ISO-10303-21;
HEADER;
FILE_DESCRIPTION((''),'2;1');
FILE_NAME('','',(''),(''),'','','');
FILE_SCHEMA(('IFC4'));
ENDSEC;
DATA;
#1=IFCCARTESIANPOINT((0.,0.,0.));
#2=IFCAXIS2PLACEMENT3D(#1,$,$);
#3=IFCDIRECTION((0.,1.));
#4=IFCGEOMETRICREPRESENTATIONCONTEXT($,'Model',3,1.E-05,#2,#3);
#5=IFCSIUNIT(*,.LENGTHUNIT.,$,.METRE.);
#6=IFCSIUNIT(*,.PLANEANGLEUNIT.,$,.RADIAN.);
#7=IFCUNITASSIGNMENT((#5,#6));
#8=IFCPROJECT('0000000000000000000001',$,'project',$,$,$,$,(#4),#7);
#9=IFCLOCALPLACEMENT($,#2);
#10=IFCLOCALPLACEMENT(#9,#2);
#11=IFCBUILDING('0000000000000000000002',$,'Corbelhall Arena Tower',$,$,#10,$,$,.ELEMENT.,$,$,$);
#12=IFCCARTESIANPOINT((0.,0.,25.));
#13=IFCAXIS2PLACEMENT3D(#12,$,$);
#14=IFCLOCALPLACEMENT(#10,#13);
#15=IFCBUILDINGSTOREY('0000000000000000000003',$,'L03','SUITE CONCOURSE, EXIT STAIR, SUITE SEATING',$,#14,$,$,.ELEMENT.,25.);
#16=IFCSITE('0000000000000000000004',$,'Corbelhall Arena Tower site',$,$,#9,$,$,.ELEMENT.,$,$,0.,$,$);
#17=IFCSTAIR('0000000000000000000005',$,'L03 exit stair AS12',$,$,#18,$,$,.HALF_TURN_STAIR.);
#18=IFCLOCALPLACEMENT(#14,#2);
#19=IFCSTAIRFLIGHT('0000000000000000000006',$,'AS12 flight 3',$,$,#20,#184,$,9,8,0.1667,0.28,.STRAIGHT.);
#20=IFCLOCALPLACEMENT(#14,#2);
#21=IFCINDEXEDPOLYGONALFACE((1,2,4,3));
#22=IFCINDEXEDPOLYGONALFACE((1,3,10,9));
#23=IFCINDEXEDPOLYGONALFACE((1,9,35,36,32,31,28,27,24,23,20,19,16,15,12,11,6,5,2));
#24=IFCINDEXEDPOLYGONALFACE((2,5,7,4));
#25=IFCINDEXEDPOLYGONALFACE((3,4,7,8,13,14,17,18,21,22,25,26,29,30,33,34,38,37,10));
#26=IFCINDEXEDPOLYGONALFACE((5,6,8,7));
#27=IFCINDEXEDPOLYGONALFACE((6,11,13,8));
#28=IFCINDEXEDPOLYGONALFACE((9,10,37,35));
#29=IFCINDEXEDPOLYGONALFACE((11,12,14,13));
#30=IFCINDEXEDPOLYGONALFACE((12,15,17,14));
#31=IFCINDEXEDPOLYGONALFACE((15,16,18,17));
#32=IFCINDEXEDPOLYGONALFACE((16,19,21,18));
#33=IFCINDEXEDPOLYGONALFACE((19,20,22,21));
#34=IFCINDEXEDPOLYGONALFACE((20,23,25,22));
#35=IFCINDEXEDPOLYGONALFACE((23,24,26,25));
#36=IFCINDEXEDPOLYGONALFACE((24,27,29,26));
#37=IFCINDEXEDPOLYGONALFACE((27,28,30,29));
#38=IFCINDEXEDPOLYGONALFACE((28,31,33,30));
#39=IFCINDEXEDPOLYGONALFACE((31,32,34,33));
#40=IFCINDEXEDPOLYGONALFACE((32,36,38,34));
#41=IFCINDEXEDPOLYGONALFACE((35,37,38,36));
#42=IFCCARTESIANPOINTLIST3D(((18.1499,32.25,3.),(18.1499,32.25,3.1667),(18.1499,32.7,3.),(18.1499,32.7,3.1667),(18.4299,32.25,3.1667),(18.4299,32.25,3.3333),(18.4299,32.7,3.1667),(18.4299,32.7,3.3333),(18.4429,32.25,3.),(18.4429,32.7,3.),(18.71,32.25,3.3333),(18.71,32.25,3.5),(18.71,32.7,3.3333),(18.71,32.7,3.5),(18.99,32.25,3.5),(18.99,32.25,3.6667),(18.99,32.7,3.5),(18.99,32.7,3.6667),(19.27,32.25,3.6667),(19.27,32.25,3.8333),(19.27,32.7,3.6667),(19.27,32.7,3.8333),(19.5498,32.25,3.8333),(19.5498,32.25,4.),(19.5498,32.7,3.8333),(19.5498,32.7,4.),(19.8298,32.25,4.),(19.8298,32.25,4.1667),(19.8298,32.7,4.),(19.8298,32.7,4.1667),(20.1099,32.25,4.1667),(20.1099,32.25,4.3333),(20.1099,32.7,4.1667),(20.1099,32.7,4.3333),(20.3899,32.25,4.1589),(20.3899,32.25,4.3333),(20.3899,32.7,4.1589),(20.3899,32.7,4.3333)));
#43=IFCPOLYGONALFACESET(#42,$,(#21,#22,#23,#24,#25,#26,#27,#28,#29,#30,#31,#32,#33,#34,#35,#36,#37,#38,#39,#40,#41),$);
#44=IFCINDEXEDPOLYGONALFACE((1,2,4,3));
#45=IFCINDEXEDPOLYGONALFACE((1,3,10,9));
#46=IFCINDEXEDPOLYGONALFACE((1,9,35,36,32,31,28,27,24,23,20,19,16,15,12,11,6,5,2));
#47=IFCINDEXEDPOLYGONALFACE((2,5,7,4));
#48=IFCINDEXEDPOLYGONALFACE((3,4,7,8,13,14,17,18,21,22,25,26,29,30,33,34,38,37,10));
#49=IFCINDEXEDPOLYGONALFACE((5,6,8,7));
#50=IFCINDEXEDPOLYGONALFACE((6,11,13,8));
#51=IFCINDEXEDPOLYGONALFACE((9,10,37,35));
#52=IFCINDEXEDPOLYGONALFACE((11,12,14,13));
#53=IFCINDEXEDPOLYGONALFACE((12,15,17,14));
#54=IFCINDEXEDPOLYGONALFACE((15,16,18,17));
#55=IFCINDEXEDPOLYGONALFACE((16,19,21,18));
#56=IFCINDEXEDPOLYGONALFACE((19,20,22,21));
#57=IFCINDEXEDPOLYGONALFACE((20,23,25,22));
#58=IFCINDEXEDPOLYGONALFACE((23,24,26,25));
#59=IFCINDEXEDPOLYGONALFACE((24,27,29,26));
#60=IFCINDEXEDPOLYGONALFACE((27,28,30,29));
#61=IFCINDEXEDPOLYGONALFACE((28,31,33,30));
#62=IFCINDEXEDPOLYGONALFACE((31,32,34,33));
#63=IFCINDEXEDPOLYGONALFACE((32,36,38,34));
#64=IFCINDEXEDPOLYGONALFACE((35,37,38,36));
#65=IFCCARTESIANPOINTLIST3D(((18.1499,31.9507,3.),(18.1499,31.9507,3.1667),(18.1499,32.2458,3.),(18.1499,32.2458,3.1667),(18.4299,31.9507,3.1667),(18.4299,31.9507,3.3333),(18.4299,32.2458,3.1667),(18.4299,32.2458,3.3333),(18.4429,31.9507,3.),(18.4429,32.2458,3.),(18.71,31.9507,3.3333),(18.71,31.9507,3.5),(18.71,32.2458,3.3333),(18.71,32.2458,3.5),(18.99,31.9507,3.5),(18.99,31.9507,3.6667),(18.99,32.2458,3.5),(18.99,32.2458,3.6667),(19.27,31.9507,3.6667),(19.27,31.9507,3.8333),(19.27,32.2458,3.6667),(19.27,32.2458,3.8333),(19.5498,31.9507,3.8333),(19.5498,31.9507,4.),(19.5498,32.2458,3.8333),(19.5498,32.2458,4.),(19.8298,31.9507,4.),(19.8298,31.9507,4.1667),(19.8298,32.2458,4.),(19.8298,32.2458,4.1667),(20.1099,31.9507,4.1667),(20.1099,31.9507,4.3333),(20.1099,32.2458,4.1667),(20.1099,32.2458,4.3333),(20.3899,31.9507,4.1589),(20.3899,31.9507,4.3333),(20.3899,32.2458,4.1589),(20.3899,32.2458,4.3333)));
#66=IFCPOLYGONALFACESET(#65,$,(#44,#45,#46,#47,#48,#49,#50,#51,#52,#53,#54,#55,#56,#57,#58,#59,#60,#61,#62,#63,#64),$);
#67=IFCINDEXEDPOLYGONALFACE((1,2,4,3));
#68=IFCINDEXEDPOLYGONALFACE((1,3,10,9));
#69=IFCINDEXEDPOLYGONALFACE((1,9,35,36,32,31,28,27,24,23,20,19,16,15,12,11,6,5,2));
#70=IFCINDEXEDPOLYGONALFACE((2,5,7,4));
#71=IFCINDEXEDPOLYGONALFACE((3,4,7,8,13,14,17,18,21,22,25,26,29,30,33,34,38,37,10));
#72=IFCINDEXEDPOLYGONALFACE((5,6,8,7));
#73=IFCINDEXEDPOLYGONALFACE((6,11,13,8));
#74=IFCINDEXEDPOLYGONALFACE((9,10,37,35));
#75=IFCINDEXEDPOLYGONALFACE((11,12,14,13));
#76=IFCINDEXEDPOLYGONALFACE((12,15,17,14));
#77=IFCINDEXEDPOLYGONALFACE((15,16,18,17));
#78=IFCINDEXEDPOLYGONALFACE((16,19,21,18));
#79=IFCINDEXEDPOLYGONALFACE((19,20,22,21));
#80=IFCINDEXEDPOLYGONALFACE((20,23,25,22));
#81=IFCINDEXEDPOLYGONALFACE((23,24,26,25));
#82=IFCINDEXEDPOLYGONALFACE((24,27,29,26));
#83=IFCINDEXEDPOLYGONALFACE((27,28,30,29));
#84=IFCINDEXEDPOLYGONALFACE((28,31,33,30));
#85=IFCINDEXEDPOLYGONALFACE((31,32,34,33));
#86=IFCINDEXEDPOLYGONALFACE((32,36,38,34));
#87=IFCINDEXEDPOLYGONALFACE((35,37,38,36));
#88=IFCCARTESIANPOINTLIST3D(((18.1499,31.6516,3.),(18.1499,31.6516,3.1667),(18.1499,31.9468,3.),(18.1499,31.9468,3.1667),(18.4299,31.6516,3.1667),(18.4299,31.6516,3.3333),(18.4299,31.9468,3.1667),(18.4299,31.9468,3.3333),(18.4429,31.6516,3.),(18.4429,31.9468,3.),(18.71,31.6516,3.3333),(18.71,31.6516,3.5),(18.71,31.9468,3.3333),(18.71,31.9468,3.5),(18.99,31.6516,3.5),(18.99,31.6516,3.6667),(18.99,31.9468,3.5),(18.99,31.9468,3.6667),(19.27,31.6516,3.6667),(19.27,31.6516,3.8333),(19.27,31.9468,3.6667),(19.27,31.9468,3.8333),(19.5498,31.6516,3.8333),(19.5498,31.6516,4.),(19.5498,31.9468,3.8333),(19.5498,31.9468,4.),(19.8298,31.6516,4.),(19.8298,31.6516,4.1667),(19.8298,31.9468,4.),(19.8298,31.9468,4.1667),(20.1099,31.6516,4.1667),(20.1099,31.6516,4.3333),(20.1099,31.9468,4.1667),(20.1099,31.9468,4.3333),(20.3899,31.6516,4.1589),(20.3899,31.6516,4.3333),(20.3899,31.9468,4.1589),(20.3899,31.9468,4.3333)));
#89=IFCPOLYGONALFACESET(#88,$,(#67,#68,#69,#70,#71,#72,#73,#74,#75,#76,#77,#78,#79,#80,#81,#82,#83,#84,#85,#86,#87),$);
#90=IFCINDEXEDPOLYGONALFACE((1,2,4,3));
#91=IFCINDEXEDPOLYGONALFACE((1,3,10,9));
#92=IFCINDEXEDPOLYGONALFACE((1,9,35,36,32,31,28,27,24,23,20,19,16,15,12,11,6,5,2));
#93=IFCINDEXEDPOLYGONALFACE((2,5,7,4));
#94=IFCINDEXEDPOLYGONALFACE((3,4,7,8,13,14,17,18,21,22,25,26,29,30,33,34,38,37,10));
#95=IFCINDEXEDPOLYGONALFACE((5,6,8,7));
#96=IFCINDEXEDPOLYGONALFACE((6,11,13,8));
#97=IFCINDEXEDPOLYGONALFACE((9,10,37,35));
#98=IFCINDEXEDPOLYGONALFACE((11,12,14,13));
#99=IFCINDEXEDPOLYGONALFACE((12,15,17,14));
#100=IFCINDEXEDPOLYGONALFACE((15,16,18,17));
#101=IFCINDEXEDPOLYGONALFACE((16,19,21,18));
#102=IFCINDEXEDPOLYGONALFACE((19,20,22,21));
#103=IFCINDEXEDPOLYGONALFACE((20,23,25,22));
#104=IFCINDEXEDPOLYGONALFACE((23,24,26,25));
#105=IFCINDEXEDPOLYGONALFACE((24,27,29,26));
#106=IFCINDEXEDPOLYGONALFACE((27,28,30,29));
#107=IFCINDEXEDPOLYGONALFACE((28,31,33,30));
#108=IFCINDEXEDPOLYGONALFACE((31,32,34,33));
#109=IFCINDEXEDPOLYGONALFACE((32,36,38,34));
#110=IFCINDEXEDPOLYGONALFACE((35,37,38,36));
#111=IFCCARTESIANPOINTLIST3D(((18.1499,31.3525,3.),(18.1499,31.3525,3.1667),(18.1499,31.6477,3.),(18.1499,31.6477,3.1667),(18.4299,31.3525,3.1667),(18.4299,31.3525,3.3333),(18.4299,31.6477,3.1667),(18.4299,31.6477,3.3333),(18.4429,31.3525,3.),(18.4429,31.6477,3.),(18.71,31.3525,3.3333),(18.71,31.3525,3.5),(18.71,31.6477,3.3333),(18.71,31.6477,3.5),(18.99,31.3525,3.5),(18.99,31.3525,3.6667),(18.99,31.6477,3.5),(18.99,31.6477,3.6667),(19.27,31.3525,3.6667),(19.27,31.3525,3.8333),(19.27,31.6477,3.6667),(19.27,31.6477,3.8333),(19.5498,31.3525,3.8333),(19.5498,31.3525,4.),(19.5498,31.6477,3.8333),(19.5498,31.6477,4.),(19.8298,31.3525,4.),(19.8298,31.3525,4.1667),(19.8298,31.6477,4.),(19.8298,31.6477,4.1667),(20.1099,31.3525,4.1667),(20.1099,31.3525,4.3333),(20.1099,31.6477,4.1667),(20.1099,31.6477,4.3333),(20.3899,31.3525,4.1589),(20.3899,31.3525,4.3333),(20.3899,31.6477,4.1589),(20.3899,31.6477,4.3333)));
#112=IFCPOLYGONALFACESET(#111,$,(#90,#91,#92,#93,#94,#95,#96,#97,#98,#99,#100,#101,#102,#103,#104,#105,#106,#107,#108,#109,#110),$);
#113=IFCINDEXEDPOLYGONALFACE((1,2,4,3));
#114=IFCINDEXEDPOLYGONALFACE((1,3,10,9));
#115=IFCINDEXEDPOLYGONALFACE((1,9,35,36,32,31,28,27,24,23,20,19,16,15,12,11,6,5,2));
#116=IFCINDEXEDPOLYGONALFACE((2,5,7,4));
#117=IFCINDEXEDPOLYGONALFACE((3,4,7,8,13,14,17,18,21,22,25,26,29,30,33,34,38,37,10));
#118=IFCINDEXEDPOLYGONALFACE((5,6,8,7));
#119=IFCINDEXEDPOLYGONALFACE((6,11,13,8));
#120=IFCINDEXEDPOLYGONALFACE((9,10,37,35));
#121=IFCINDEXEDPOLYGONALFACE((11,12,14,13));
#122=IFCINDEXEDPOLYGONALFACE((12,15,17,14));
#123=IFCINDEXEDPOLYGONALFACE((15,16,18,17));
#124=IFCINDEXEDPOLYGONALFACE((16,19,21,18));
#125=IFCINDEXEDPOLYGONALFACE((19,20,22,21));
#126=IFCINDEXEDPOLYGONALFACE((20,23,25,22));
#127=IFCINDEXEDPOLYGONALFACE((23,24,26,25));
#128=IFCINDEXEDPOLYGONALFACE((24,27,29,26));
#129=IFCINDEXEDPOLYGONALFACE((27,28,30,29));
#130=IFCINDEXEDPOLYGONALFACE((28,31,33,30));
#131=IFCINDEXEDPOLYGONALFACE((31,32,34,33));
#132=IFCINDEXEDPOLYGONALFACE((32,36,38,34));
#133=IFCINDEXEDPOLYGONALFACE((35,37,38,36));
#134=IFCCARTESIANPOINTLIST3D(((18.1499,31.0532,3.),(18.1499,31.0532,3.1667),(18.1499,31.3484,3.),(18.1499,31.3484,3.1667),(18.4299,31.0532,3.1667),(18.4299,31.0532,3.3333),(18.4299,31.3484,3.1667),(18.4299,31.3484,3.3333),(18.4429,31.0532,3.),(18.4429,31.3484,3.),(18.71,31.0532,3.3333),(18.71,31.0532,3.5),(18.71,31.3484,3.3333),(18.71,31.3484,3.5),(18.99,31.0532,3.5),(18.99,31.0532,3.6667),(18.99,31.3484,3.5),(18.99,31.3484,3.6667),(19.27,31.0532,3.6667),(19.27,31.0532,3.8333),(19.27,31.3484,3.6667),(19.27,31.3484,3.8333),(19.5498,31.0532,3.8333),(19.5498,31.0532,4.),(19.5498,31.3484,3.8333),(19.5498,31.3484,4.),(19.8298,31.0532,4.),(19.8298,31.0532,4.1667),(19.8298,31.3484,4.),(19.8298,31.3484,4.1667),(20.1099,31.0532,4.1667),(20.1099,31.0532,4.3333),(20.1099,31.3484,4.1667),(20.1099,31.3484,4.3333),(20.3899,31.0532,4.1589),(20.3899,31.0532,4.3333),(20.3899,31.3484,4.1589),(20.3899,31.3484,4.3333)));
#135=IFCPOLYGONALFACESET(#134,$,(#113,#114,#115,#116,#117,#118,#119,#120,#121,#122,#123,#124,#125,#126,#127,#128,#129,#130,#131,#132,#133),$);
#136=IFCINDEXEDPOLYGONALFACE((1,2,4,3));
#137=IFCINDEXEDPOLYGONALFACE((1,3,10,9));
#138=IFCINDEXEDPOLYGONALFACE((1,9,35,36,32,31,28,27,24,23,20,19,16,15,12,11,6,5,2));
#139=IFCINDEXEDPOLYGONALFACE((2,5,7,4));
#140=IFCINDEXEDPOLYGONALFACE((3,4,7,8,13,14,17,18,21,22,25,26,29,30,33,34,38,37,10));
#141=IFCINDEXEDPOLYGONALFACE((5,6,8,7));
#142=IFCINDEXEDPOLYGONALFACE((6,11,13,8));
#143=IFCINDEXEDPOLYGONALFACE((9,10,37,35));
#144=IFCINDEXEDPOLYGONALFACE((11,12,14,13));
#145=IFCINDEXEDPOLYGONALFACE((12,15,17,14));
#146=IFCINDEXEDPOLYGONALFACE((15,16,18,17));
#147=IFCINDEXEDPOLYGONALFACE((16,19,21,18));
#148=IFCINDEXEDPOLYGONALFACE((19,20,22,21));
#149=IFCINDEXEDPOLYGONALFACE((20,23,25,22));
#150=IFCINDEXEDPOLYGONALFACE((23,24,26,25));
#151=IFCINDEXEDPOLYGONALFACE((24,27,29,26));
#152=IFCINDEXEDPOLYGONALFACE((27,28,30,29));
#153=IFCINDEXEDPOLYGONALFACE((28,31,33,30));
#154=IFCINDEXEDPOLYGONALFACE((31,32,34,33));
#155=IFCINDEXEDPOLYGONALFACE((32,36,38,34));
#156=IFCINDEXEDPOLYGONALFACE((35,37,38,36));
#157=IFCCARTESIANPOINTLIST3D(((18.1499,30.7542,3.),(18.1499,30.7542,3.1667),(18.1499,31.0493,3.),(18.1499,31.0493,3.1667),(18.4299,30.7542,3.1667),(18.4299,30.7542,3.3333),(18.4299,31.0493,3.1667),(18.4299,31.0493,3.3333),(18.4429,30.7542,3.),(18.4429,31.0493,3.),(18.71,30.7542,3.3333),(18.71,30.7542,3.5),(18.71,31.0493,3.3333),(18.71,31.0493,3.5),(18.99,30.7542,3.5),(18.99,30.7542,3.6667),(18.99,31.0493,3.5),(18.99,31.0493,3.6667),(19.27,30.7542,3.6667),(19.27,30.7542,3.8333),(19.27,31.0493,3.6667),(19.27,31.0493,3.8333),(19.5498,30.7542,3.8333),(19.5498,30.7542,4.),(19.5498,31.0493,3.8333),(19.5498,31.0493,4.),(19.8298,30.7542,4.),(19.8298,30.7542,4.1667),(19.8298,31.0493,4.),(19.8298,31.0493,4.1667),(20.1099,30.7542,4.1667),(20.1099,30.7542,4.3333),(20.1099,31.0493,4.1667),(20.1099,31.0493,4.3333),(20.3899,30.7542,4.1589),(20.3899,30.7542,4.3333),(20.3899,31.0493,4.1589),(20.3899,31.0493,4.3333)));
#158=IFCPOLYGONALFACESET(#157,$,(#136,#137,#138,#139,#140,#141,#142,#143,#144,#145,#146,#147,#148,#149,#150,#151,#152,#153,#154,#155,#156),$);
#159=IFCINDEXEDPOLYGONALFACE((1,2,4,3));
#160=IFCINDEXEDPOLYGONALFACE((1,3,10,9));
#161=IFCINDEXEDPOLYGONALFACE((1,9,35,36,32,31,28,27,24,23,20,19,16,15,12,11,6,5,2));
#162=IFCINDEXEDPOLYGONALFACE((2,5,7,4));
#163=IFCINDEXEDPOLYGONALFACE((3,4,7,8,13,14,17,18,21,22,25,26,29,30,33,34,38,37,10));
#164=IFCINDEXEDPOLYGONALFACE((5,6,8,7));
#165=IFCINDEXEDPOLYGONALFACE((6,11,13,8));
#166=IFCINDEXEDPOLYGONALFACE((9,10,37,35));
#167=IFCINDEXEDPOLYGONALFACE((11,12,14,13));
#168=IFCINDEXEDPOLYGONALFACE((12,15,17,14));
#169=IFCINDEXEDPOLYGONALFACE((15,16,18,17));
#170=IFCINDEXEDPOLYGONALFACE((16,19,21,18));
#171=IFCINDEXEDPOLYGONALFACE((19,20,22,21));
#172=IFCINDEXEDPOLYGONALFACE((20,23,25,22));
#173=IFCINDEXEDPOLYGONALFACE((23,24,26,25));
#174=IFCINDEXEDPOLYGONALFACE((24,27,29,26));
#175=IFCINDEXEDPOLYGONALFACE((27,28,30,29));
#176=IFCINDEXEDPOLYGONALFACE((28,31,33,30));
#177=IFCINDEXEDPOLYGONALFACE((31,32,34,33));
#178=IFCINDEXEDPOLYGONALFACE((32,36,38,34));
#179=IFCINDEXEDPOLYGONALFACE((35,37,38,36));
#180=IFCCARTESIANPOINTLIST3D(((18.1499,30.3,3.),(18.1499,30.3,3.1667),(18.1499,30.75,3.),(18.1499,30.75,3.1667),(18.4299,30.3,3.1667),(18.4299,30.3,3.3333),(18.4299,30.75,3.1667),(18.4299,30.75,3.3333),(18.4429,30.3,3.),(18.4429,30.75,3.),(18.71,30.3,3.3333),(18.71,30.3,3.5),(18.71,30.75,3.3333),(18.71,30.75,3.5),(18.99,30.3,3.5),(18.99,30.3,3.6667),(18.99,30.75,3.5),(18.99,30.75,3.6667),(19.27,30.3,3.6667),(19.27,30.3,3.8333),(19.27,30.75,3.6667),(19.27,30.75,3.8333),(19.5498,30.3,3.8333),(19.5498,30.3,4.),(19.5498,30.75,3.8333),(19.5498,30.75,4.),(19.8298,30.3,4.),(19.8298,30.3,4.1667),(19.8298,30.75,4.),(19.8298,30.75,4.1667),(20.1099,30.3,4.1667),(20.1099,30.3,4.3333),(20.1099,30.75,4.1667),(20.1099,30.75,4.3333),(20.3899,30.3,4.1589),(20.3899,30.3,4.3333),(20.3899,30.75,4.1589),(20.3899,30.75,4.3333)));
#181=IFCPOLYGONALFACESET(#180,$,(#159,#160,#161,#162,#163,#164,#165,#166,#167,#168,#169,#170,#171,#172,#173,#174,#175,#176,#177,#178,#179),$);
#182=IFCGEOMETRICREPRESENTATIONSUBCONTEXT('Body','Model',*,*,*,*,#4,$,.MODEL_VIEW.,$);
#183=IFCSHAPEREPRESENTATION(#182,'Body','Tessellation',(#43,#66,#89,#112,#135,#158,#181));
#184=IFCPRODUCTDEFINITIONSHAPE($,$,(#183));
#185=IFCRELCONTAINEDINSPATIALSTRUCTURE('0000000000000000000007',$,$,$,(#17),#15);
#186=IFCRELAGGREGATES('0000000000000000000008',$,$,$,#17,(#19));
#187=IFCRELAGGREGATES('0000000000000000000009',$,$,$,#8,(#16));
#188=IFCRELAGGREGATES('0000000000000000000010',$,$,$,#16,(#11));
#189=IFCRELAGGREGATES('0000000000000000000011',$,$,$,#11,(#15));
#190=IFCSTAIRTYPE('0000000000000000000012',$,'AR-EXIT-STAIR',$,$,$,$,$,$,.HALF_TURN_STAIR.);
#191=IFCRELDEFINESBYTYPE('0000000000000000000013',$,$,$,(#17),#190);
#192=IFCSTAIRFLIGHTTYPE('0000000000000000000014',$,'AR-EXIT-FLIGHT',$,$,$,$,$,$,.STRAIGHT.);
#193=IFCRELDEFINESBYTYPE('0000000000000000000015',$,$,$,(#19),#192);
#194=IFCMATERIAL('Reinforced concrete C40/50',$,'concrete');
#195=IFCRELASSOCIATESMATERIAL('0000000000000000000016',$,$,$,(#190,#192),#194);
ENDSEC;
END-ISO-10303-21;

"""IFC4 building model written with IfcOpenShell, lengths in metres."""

from ifc_helpers import new_model, si_unit, direction, frame, origin, place, context, subcontext, project, spatial, polyline, outline, extrude, material, type_object, element, aggregate, save


model = new_model("IFC4")

# Units and contexts
model_context = context("Model", 3, precision=1e-05, world=origin(), true_north=direction((0.0, 1.0)))
body_context = subcontext(model_context, "Body", "Model", "MODEL_VIEW")
ifc_project = project(units=[si_unit("LENGTHUNIT", "METRE"), si_unit("PLANEANGLEUNIT", "RADIAN")], contexts=[model_context])

# Site, building, storey
site_placement = place(None, origin())
site = spatial("IfcSite", under=ifc_project, at=site_placement, Name="Corbelhall Arena Tower site", CompositionType="ELEMENT", RefElevation=0.0)
building_placement = place(site_placement, origin())
building = spatial("IfcBuilding", under=site, at=building_placement, Name="Corbelhall Arena Tower", CompositionType="ELEMENT")
storey_placement = place(building_placement, frame((0.0, 0.0, 25.0)))
storey = spatial("IfcBuildingStorey", under=building, at=storey_placement, Name="L03", Description="SUITE CONCOURSE, EXIT STAIR, SUITE SEATING", CompositionType="ELEMENT", Elevation=25.0)

# Stair, stair flight
ifc_material_1 = material(Name="Reinforced concrete C40/50", Category="concrete")
stair_type = type_object("IfcStairType", Name="AR-EXIT-STAIR", PredefinedType="HALF_TURN_STAIR", material=ifc_material_1)
stair_placement = place(storey_placement, origin())
stair = element("IfcStair", 1, at=stair_placement, inside=storey, type_object=stair_type, Name="L03 exit stair AS12", PredefinedType="HALF_TURN_STAIR")
stair_flight_type = type_object("IfcStairFlightType", Name="AR-EXIT-FLIGHT", PredefinedType="STRAIGHT", material=ifc_material_1)
stair_flight_1_placement = place(storey_placement, frame((18.1499, 31.5, 3.0), z_axis=(0.0, 0.0, 1.0), x_axis=(1.0, 0.0, 0.0)))
stair_flight_1 = element("IfcStairFlight", 2, at=stair_flight_1_placement, type_object=stair_flight_type, Name="AS12 flight 3", NumberOfRisers=9, NumberOfTreads=8, PredefinedType="STRAIGHT", RiserHeight=0.1667, TreadLength=0.28, context=body_context, shape_type="SweptSolid", body=[
    extrude(outline(polyline([(0.0, 0.0), (0.0, 0.1667), (0.28, 0.1667), (0.28, 0.3333), (0.5601, 0.3333), (0.5601, 0.5), (0.8401, 0.5), (0.8401, 0.6667), (1.1201, 0.6667), (1.1201, 0.8333), (1.3999, 0.8333), (1.3999, 1.0), (1.6799, 1.0), (1.6799, 1.1667), (1.96, 1.1667), (1.96, 1.3333), (2.24, 1.3333), (2.24, 1.5), (2.24, 1.1589), (0.293, 0.0), (0.0, 0.0)])), frame((0.0, 1.2, 0.0), z_axis=(0.0, -1.0, 0.0), x_axis=(1.0, 0.0, 0.0)), (0.0, 0.0, 1.0), 0.45),
    extrude(outline(polyline([(0.0, 0.0), (0.0, 0.1667), (0.28, 0.1667), (0.28, 0.3333), (0.5601, 0.3333), (0.5601, 0.5), (0.8401, 0.5), (0.8401, 0.6667), (1.1201, 0.6667), (1.1201, 0.8333), (1.3999, 0.8333), (1.3999, 1.0), (1.6799, 1.0), (1.6799, 1.1667), (1.96, 1.1667), (1.96, 1.3333), (2.24, 1.3333), (2.24, 1.5), (2.24, 1.1589), (0.293, 0.0), (0.0, 0.0)])), frame((0.0, 0.7458, 0.0), z_axis=(0.0, -1.0, 0.0), x_axis=(1.0, 0.0, 0.0)), (0.0, 0.0, 1.0), 0.2952),
    extrude(outline(polyline([(0.0, 0.0), (0.0, 0.1667), (0.28, 0.1667), (0.28, 0.3333), (0.5601, 0.3333), (0.5601, 0.5), (0.8401, 0.5), (0.8401, 0.6667), (1.1201, 0.6667), (1.1201, 0.8333), (1.3999, 0.8333), (1.3999, 1.0), (1.6799, 1.0), (1.6799, 1.1667), (1.96, 1.1667), (1.96, 1.3333), (2.24, 1.3333), (2.24, 1.5), (2.24, 1.1589), (0.293, 0.0), (0.0, 0.0)])), frame((0.0, 0.4468, 0.0), z_axis=(0.0, -1.0, 0.0), x_axis=(1.0, 0.0, 0.0)), (0.0, 0.0, 1.0), 0.2952),
    extrude(outline(polyline([(0.0, 0.0), (0.0, 0.1667), (0.28, 0.1667), (0.28, 0.3333), (0.5601, 0.3333), (0.5601, 0.5), (0.8401, 0.5), (0.8401, 0.6667), (1.1201, 0.6667), (1.1201, 0.8333), (1.3999, 0.8333), (1.3999, 1.0), (1.6799, 1.0), (1.6799, 1.1667), (1.96, 1.1667), (1.96, 1.3333), (2.24, 1.3333), (2.24, 1.5), (2.24, 1.1589), (0.293, 0.0), (0.0, 0.0)])), frame((0.0, 0.1477, 0.0), z_axis=(0.0, -1.0, 0.0), x_axis=(1.0, 0.0, 0.0)), (0.0, 0.0, 1.0), 0.2952),
    extrude(outline(polyline([(0.0, 0.0), (0.0, 0.1667), (0.28, 0.1667), (0.28, 0.3333), (0.5601, 0.3333), (0.5601, 0.5), (0.8401, 0.5), (0.8401, 0.6667), (1.1201, 0.6667), (1.1201, 0.8333), (1.3999, 0.8333), (1.3999, 1.0), (1.6799, 1.0), (1.6799, 1.1667), (1.96, 1.1667), (1.96, 1.3333), (2.24, 1.3333), (2.24, 1.5), (2.24, 1.1589), (0.293, 0.0), (0.0, 0.0)])), frame((0.0, -0.1516, 0.0), z_axis=(0.0, -1.0, 0.0), x_axis=(1.0, 0.0, 0.0)), (0.0, 0.0, 1.0), 0.2952),
    extrude(outline(polyline([(0.0, 0.0), (0.0, 0.1667), (0.28, 0.1667), (0.28, 0.3333), (0.5601, 0.3333), (0.5601, 0.5), (0.8401, 0.5), (0.8401, 0.6667), (1.1201, 0.6667), (1.1201, 0.8333), (1.3999, 0.8333), (1.3999, 1.0), (1.6799, 1.0), (1.6799, 1.1667), (1.96, 1.1667), (1.96, 1.3333), (2.24, 1.3333), (2.24, 1.5), (2.24, 1.1589), (0.293, 0.0), (0.0, 0.0)])), frame((0.0, -0.4507, 0.0), z_axis=(0.0, -1.0, 0.0), x_axis=(1.0, 0.0, 0.0)), (0.0, 0.0, 1.0), 0.2952),
    extrude(outline(polyline([(0.0, 0.0), (0.0, 0.1667), (0.28, 0.1667), (0.28, 0.3333), (0.5601, 0.3333), (0.5601, 0.5), (0.8401, 0.5), (0.8401, 0.6667), (1.1201, 0.6667), (1.1201, 0.8333), (1.3999, 0.8333), (1.3999, 1.0), (1.6799, 1.0), (1.6799, 1.1667), (1.96, 1.1667), (1.96, 1.3333), (2.24, 1.3333), (2.24, 1.5), (2.24, 1.1589), (0.293, 0.0), (0.0, 0.0)])), frame((0.0, -0.75, 0.0), z_axis=(0.0, -1.0, 0.0), x_axis=(1.0, 0.0, 0.0)), (0.0, 0.0, 1.0), 0.45),
])
aggregate(stair, [stair_flight_1])

save(model, "model.ifc")
